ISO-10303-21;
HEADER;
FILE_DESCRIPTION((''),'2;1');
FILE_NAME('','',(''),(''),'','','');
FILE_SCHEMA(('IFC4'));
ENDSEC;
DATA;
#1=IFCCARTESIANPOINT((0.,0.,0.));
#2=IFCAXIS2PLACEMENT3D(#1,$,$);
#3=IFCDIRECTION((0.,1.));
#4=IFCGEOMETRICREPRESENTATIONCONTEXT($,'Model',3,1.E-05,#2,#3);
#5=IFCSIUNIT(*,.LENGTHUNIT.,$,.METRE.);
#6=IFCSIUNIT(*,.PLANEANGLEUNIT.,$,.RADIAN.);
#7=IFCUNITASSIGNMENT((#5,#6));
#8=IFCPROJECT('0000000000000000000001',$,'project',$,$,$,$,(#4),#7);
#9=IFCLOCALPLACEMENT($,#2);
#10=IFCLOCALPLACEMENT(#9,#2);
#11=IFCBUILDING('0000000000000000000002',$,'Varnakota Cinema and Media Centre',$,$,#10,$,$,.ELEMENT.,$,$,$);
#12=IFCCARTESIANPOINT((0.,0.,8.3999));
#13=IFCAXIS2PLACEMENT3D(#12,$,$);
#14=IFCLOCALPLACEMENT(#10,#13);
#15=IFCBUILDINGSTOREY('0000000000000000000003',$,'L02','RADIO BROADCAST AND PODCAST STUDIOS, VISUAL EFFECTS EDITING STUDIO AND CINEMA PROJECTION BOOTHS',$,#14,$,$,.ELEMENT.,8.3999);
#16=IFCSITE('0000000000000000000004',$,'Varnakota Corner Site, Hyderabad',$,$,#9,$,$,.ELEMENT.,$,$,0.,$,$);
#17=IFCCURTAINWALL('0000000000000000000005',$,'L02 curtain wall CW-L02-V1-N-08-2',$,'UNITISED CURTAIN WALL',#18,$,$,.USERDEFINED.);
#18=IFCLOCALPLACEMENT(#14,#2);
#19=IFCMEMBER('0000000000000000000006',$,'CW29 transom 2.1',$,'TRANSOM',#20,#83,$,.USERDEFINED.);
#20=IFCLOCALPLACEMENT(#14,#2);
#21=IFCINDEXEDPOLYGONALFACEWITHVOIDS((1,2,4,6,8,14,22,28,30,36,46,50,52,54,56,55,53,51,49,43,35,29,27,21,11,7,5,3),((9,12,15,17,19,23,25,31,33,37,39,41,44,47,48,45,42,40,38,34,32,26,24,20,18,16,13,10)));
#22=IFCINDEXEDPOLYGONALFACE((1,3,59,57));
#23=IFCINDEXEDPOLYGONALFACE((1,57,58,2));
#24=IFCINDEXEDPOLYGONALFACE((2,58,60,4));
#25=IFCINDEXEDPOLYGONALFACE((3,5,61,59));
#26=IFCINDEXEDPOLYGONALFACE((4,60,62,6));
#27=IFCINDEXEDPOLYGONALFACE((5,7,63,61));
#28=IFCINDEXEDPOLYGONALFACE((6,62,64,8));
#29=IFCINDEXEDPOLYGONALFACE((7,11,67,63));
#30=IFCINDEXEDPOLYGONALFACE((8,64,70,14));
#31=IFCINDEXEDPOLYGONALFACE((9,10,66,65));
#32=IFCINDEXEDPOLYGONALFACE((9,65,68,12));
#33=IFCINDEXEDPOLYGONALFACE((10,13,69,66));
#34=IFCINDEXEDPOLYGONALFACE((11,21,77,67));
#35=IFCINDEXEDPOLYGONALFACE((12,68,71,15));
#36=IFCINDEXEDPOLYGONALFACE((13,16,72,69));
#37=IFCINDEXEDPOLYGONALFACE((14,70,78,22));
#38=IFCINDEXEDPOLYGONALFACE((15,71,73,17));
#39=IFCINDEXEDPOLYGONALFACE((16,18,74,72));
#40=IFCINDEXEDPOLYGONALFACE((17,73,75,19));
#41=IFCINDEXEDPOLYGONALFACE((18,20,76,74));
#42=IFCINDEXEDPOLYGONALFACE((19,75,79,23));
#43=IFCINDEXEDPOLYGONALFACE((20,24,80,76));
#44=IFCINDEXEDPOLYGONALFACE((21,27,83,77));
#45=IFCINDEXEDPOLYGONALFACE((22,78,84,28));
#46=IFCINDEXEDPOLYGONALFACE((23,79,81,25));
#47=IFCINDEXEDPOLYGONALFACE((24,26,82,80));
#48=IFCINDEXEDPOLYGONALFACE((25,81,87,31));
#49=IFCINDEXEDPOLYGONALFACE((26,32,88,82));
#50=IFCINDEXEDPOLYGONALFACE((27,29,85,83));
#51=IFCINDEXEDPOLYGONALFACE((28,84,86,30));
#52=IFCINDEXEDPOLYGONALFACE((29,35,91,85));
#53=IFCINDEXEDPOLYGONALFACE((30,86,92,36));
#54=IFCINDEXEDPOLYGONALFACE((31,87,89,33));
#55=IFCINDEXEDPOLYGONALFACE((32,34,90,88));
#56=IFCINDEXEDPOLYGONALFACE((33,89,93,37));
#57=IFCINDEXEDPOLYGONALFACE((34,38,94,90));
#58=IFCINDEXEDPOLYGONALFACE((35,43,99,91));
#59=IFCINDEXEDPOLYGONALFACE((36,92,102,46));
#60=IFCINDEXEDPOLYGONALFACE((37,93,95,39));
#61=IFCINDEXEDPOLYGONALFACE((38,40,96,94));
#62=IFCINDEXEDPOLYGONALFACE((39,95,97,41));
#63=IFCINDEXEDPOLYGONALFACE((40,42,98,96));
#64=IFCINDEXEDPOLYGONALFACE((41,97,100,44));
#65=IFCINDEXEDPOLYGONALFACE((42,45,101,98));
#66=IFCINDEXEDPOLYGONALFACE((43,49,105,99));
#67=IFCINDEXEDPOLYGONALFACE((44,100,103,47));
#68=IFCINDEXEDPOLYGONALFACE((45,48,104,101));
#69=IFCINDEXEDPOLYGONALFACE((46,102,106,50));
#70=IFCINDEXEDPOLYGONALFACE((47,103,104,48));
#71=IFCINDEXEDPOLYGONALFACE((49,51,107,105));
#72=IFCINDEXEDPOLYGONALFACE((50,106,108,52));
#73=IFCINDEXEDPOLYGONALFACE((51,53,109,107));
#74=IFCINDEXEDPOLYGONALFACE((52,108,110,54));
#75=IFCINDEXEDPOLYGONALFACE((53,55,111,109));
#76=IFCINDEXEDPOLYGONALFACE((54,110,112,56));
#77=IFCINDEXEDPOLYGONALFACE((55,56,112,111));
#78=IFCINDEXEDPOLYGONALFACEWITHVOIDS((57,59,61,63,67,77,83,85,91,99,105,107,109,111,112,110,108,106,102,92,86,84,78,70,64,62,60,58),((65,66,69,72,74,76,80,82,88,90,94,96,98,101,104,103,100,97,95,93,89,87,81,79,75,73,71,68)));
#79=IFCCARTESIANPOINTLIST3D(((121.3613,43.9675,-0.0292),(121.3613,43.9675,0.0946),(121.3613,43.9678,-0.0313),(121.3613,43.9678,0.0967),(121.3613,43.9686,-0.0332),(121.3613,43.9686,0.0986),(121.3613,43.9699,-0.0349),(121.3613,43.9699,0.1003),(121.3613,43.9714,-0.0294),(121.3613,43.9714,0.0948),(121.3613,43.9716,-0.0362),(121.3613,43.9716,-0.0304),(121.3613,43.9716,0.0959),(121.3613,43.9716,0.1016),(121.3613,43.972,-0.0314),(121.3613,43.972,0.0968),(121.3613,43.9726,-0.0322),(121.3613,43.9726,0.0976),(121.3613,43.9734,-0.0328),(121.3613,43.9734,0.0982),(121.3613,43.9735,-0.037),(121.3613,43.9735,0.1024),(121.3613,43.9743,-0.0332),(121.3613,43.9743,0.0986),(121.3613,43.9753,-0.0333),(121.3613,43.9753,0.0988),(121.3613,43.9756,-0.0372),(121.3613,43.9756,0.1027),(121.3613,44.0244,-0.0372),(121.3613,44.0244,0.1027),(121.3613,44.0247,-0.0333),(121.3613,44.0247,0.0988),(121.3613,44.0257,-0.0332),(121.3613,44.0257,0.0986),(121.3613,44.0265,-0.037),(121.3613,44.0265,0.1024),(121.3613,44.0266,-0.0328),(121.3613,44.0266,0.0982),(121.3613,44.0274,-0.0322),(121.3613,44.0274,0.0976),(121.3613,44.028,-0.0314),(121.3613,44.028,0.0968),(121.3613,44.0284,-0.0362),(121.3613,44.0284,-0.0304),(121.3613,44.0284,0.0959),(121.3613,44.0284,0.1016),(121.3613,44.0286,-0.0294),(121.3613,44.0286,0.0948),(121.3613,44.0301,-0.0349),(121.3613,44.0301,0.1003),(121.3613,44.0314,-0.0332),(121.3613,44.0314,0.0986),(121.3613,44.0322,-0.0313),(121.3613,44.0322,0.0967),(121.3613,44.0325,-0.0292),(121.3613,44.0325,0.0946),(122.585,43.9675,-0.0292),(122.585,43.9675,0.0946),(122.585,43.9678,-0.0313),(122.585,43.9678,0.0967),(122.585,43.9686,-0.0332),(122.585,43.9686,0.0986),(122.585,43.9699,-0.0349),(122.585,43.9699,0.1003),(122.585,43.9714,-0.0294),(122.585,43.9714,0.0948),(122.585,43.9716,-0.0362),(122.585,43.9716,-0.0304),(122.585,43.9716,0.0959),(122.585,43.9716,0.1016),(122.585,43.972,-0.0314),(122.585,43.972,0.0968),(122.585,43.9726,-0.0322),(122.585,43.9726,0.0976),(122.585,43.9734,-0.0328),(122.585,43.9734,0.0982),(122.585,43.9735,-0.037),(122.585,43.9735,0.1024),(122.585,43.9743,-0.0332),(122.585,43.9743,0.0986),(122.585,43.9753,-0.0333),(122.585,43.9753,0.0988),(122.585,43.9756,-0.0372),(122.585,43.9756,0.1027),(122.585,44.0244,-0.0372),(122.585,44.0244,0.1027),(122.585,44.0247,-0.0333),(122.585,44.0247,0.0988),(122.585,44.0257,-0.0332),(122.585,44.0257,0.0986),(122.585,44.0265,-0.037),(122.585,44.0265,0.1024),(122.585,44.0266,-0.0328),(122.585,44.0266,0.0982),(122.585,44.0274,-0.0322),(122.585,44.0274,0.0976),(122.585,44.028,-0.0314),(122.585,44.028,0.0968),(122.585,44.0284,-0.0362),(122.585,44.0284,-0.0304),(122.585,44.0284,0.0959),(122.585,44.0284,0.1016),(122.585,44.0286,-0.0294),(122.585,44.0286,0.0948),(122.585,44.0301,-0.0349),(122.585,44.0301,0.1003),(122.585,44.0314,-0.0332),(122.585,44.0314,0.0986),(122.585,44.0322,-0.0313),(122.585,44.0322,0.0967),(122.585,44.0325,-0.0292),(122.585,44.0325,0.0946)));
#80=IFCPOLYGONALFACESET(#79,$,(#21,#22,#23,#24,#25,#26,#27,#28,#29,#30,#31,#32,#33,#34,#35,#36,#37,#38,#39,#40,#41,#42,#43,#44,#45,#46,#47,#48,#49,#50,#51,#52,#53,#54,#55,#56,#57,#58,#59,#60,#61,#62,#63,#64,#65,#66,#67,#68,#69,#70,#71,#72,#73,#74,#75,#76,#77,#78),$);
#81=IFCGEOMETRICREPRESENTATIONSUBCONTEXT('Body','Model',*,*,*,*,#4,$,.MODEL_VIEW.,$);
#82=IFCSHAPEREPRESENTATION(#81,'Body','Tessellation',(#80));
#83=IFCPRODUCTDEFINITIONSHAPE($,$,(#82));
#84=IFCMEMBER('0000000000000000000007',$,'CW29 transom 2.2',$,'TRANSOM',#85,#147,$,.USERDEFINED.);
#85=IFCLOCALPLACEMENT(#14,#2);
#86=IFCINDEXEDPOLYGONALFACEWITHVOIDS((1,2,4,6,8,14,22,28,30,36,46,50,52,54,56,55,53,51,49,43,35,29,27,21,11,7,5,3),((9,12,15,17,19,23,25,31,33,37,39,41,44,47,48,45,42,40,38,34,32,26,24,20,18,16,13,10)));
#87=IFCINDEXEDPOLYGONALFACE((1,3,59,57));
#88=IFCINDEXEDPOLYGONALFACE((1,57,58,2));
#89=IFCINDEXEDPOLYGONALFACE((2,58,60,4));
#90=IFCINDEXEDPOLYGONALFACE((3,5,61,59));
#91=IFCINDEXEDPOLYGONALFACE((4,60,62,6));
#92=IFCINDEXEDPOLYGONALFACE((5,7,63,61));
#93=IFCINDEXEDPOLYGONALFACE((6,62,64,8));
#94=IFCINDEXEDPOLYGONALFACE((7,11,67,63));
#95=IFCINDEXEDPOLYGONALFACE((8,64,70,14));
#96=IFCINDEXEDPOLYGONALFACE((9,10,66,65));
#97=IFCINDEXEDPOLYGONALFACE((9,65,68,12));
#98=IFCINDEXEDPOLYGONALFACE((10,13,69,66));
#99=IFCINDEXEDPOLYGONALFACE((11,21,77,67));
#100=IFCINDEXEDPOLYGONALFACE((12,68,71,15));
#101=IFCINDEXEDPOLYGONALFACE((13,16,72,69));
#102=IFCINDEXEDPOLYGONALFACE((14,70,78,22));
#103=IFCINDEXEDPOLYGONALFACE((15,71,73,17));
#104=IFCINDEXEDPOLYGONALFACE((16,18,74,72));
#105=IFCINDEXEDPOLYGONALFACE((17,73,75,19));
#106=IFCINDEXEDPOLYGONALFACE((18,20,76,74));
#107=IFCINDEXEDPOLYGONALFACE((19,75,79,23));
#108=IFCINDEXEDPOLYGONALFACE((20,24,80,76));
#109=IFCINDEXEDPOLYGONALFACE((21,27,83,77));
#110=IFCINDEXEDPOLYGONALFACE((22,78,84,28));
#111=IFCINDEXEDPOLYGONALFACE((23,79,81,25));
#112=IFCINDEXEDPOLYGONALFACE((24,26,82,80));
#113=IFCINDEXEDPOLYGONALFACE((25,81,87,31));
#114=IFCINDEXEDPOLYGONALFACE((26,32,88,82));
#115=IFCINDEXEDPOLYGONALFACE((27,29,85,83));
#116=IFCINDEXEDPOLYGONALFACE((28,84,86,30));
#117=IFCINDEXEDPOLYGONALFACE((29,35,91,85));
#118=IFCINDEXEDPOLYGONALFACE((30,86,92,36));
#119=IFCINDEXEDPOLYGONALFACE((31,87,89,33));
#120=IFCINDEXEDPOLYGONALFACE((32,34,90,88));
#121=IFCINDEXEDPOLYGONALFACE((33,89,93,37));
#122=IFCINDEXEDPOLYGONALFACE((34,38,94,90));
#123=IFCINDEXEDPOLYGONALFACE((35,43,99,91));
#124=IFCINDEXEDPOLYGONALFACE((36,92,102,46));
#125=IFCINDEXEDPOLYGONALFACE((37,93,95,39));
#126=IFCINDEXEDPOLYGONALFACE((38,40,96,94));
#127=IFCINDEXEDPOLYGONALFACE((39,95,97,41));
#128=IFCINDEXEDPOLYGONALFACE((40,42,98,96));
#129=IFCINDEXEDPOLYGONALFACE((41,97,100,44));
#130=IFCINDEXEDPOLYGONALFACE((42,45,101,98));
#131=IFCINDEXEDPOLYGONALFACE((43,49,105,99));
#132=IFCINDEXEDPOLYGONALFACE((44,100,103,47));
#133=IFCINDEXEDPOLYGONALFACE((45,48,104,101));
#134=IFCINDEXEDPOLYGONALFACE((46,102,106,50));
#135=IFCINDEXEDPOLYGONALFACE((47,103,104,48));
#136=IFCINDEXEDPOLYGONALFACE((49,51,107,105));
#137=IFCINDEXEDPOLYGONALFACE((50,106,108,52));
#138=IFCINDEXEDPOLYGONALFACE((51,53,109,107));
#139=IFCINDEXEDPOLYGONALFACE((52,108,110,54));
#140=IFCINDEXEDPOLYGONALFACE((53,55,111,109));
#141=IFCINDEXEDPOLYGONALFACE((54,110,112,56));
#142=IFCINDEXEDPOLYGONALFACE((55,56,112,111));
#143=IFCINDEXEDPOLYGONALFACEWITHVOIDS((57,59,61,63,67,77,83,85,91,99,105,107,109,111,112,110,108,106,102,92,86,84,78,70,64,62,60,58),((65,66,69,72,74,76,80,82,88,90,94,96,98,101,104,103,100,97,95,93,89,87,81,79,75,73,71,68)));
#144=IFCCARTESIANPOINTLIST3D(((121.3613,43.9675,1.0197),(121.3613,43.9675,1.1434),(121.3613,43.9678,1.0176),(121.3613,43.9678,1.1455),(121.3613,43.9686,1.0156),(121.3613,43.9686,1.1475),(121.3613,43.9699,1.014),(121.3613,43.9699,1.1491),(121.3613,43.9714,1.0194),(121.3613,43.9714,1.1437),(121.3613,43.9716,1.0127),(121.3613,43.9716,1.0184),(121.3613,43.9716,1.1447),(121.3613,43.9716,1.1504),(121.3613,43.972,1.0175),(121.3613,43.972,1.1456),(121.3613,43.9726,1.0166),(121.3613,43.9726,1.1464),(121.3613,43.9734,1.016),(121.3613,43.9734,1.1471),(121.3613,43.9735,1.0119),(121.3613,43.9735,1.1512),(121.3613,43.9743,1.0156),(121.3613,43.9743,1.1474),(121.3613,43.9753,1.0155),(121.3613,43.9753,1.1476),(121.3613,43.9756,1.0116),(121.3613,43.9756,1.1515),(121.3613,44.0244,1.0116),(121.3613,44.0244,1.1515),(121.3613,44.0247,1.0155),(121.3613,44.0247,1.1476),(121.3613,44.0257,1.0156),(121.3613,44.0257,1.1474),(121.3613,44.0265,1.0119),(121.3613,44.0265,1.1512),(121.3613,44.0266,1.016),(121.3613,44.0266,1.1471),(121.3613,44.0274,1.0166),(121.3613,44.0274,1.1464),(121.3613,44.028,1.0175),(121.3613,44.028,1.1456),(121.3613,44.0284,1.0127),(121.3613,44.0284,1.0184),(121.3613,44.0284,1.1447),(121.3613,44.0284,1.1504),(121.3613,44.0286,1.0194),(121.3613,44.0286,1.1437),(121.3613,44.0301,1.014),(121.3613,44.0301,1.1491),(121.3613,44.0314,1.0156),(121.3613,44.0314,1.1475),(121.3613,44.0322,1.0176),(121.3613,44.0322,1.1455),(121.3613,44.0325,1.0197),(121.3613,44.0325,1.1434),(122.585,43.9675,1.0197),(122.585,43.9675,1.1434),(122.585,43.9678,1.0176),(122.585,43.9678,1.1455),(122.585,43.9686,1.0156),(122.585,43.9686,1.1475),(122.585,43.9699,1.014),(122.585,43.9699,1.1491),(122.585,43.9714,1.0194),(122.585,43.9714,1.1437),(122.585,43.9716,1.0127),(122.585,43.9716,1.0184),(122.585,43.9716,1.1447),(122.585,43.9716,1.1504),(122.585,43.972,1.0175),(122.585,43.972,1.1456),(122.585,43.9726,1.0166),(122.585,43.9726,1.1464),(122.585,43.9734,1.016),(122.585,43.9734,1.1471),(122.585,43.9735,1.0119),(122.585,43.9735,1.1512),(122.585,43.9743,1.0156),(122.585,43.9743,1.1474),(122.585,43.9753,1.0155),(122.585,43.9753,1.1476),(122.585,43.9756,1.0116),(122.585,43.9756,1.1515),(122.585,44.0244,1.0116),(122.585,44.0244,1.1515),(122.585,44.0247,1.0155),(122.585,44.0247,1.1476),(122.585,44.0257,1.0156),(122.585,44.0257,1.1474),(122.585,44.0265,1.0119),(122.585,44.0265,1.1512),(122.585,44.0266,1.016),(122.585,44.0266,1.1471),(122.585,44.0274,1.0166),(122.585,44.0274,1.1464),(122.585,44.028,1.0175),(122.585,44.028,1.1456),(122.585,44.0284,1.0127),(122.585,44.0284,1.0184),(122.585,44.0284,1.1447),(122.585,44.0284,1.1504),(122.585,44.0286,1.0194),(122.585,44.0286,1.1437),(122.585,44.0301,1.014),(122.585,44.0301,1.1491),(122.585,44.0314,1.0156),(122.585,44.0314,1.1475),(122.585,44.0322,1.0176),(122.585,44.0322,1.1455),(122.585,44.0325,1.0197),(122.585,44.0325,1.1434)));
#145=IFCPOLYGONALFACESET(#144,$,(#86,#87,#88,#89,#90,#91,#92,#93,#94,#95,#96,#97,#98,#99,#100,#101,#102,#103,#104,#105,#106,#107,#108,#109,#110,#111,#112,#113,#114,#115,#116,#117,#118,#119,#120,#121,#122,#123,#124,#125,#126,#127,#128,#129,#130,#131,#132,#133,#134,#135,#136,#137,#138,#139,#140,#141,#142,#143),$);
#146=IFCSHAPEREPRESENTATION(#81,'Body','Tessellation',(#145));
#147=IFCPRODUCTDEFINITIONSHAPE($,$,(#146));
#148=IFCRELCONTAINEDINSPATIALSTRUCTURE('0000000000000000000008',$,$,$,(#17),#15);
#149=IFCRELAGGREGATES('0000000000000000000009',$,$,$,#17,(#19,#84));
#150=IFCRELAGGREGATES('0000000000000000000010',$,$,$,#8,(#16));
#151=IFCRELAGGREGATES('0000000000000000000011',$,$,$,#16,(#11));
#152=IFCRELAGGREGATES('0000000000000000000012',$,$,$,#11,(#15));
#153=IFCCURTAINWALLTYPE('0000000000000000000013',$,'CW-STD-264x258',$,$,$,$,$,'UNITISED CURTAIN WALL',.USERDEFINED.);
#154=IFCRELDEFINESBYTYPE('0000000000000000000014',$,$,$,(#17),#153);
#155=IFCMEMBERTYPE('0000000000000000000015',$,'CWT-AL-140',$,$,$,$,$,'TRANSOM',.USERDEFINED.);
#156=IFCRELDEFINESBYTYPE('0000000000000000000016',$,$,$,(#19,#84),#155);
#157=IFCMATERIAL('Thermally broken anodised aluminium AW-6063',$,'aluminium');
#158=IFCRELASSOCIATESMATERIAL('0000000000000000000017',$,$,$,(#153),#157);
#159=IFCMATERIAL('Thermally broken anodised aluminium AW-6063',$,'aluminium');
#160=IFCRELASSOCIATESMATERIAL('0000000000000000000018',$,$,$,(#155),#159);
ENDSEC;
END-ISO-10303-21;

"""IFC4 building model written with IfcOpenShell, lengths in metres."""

from ifc_helpers import new_model, si_unit, direction, frame, origin, origin_2d, place, context, subcontext, project, spatial, hollow_rectangle, extrude, material, material_profile, profile_set, type_object, element, aggregate, save


model = new_model("IFC4")

# Units and contexts
model_context = context("Model", 3, precision=1e-05, world=origin(), true_north=direction((0.0, 1.0)))
body_context = subcontext(model_context, "Body", "Model", "MODEL_VIEW")
ifc_project = project(units=[si_unit("LENGTHUNIT", "METRE"), si_unit("PLANEANGLEUNIT", "RADIAN")], contexts=[model_context])

# Site, building, storey
site_placement = place(None, origin())
site = spatial("IfcSite", under=ifc_project, at=site_placement, Name="Varnakota Corner Site, Hyderabad", CompositionType="ELEMENT", RefElevation=0.0)
building_placement = place(site_placement, origin())
building = spatial("IfcBuilding", under=site, at=building_placement, Name="Varnakota Cinema and Media Centre", CompositionType="ELEMENT")
storey_placement = place(building_placement, frame((0.0, 0.0, 8.3999)))
storey = spatial("IfcBuildingStorey", under=building, at=storey_placement, Name="L02", Description="RADIO BROADCAST AND PODCAST STUDIOS, VISUAL EFFECTS EDITING STUDIO AND CINEMA PROJECTION BOOTHS", CompositionType="ELEMENT", Elevation=8.3999)

# Curtain wall
ifc_material_1 = material(Name="Thermally broken anodised aluminium AW-6063", Category="aluminium")
curtain_wall_type = type_object("IfcCurtainWallType", Name="CW-STD-264x258", ElementType="UNITISED CURTAIN WALL", PredefinedType="USERDEFINED", material=ifc_material_1)
curtain_wall_1_placement = place(storey_placement, origin())
curtain_wall_1 = element("IfcCurtainWall", 1, at=curtain_wall_1_placement, inside=storey, type_object=curtain_wall_type, Name="L02 curtain wall CW-L02-V1-N-08-2", ObjectType="UNITISED CURTAIN WALL", PredefinedType="USERDEFINED")

# Members
ifc_material_2 = material(Name="Thermally broken anodised aluminium AW-6063", Category="aluminium")
ifc_material_profile_1 = material_profile(ifc_material_2, hollow_rectangle(XDim=0.0649, YDim=0.1399, WallThickness=0.0039, InnerFilletRadius=0.0039, OuterFilletRadius=0.0081, at=origin_2d()), Name="AL-TRANSOM 140x65x4")
ifc_profile_set_1 = profile_set([ifc_material_profile_1], Name="Thermally broken anodised aluminium AW-6063")
member_type_1 = type_object("IfcMemberType", Name="CWT-AL-140", ElementType="TRANSOM", PredefinedType="USERDEFINED", material=ifc_profile_set_1)
member_1_placement = place(storey_placement, frame((121.3613, 44.0, 0.0327), z_axis=(1.0, 0.0, 0.0), x_axis=(0.0, 1.0, 0.0)))
member_1 = element("IfcMember", 2, at=member_1_placement, type_object=member_type_1, Name="CW29 transom 2.1", ObjectType="TRANSOM", PredefinedType="USERDEFINED", context=body_context, shape_type="SweptSolid", body=[
    extrude(hollow_rectangle(XDim=0.0649, YDim=0.1399, WallThickness=0.0039, InnerFilletRadius=0.0039, OuterFilletRadius=0.0081, at=origin_2d()), origin(), (0.0, 0.0, 1.0), 1.2236),
])
member_2_placement = place(storey_placement, frame((121.3613, 44.0, 1.0815), z_axis=(1.0, 0.0, 0.0), x_axis=(0.0, 1.0, 0.0)))
member_2 = element("IfcMember", 3, at=member_2_placement, type_object=member_type_1, Name="CW29 transom 2.2", ObjectType="TRANSOM", PredefinedType="USERDEFINED", context=body_context, shape_type="SweptSolid", body=[
    extrude(hollow_rectangle(XDim=0.0649, YDim=0.1399, WallThickness=0.0039, InnerFilletRadius=0.0039, OuterFilletRadius=0.0081, at=origin_2d()), origin(), (0.0, 0.0, 1.0), 1.2236),
])

aggregate(curtain_wall_1, [member_1, member_2])

save(model, "model.ifc")
